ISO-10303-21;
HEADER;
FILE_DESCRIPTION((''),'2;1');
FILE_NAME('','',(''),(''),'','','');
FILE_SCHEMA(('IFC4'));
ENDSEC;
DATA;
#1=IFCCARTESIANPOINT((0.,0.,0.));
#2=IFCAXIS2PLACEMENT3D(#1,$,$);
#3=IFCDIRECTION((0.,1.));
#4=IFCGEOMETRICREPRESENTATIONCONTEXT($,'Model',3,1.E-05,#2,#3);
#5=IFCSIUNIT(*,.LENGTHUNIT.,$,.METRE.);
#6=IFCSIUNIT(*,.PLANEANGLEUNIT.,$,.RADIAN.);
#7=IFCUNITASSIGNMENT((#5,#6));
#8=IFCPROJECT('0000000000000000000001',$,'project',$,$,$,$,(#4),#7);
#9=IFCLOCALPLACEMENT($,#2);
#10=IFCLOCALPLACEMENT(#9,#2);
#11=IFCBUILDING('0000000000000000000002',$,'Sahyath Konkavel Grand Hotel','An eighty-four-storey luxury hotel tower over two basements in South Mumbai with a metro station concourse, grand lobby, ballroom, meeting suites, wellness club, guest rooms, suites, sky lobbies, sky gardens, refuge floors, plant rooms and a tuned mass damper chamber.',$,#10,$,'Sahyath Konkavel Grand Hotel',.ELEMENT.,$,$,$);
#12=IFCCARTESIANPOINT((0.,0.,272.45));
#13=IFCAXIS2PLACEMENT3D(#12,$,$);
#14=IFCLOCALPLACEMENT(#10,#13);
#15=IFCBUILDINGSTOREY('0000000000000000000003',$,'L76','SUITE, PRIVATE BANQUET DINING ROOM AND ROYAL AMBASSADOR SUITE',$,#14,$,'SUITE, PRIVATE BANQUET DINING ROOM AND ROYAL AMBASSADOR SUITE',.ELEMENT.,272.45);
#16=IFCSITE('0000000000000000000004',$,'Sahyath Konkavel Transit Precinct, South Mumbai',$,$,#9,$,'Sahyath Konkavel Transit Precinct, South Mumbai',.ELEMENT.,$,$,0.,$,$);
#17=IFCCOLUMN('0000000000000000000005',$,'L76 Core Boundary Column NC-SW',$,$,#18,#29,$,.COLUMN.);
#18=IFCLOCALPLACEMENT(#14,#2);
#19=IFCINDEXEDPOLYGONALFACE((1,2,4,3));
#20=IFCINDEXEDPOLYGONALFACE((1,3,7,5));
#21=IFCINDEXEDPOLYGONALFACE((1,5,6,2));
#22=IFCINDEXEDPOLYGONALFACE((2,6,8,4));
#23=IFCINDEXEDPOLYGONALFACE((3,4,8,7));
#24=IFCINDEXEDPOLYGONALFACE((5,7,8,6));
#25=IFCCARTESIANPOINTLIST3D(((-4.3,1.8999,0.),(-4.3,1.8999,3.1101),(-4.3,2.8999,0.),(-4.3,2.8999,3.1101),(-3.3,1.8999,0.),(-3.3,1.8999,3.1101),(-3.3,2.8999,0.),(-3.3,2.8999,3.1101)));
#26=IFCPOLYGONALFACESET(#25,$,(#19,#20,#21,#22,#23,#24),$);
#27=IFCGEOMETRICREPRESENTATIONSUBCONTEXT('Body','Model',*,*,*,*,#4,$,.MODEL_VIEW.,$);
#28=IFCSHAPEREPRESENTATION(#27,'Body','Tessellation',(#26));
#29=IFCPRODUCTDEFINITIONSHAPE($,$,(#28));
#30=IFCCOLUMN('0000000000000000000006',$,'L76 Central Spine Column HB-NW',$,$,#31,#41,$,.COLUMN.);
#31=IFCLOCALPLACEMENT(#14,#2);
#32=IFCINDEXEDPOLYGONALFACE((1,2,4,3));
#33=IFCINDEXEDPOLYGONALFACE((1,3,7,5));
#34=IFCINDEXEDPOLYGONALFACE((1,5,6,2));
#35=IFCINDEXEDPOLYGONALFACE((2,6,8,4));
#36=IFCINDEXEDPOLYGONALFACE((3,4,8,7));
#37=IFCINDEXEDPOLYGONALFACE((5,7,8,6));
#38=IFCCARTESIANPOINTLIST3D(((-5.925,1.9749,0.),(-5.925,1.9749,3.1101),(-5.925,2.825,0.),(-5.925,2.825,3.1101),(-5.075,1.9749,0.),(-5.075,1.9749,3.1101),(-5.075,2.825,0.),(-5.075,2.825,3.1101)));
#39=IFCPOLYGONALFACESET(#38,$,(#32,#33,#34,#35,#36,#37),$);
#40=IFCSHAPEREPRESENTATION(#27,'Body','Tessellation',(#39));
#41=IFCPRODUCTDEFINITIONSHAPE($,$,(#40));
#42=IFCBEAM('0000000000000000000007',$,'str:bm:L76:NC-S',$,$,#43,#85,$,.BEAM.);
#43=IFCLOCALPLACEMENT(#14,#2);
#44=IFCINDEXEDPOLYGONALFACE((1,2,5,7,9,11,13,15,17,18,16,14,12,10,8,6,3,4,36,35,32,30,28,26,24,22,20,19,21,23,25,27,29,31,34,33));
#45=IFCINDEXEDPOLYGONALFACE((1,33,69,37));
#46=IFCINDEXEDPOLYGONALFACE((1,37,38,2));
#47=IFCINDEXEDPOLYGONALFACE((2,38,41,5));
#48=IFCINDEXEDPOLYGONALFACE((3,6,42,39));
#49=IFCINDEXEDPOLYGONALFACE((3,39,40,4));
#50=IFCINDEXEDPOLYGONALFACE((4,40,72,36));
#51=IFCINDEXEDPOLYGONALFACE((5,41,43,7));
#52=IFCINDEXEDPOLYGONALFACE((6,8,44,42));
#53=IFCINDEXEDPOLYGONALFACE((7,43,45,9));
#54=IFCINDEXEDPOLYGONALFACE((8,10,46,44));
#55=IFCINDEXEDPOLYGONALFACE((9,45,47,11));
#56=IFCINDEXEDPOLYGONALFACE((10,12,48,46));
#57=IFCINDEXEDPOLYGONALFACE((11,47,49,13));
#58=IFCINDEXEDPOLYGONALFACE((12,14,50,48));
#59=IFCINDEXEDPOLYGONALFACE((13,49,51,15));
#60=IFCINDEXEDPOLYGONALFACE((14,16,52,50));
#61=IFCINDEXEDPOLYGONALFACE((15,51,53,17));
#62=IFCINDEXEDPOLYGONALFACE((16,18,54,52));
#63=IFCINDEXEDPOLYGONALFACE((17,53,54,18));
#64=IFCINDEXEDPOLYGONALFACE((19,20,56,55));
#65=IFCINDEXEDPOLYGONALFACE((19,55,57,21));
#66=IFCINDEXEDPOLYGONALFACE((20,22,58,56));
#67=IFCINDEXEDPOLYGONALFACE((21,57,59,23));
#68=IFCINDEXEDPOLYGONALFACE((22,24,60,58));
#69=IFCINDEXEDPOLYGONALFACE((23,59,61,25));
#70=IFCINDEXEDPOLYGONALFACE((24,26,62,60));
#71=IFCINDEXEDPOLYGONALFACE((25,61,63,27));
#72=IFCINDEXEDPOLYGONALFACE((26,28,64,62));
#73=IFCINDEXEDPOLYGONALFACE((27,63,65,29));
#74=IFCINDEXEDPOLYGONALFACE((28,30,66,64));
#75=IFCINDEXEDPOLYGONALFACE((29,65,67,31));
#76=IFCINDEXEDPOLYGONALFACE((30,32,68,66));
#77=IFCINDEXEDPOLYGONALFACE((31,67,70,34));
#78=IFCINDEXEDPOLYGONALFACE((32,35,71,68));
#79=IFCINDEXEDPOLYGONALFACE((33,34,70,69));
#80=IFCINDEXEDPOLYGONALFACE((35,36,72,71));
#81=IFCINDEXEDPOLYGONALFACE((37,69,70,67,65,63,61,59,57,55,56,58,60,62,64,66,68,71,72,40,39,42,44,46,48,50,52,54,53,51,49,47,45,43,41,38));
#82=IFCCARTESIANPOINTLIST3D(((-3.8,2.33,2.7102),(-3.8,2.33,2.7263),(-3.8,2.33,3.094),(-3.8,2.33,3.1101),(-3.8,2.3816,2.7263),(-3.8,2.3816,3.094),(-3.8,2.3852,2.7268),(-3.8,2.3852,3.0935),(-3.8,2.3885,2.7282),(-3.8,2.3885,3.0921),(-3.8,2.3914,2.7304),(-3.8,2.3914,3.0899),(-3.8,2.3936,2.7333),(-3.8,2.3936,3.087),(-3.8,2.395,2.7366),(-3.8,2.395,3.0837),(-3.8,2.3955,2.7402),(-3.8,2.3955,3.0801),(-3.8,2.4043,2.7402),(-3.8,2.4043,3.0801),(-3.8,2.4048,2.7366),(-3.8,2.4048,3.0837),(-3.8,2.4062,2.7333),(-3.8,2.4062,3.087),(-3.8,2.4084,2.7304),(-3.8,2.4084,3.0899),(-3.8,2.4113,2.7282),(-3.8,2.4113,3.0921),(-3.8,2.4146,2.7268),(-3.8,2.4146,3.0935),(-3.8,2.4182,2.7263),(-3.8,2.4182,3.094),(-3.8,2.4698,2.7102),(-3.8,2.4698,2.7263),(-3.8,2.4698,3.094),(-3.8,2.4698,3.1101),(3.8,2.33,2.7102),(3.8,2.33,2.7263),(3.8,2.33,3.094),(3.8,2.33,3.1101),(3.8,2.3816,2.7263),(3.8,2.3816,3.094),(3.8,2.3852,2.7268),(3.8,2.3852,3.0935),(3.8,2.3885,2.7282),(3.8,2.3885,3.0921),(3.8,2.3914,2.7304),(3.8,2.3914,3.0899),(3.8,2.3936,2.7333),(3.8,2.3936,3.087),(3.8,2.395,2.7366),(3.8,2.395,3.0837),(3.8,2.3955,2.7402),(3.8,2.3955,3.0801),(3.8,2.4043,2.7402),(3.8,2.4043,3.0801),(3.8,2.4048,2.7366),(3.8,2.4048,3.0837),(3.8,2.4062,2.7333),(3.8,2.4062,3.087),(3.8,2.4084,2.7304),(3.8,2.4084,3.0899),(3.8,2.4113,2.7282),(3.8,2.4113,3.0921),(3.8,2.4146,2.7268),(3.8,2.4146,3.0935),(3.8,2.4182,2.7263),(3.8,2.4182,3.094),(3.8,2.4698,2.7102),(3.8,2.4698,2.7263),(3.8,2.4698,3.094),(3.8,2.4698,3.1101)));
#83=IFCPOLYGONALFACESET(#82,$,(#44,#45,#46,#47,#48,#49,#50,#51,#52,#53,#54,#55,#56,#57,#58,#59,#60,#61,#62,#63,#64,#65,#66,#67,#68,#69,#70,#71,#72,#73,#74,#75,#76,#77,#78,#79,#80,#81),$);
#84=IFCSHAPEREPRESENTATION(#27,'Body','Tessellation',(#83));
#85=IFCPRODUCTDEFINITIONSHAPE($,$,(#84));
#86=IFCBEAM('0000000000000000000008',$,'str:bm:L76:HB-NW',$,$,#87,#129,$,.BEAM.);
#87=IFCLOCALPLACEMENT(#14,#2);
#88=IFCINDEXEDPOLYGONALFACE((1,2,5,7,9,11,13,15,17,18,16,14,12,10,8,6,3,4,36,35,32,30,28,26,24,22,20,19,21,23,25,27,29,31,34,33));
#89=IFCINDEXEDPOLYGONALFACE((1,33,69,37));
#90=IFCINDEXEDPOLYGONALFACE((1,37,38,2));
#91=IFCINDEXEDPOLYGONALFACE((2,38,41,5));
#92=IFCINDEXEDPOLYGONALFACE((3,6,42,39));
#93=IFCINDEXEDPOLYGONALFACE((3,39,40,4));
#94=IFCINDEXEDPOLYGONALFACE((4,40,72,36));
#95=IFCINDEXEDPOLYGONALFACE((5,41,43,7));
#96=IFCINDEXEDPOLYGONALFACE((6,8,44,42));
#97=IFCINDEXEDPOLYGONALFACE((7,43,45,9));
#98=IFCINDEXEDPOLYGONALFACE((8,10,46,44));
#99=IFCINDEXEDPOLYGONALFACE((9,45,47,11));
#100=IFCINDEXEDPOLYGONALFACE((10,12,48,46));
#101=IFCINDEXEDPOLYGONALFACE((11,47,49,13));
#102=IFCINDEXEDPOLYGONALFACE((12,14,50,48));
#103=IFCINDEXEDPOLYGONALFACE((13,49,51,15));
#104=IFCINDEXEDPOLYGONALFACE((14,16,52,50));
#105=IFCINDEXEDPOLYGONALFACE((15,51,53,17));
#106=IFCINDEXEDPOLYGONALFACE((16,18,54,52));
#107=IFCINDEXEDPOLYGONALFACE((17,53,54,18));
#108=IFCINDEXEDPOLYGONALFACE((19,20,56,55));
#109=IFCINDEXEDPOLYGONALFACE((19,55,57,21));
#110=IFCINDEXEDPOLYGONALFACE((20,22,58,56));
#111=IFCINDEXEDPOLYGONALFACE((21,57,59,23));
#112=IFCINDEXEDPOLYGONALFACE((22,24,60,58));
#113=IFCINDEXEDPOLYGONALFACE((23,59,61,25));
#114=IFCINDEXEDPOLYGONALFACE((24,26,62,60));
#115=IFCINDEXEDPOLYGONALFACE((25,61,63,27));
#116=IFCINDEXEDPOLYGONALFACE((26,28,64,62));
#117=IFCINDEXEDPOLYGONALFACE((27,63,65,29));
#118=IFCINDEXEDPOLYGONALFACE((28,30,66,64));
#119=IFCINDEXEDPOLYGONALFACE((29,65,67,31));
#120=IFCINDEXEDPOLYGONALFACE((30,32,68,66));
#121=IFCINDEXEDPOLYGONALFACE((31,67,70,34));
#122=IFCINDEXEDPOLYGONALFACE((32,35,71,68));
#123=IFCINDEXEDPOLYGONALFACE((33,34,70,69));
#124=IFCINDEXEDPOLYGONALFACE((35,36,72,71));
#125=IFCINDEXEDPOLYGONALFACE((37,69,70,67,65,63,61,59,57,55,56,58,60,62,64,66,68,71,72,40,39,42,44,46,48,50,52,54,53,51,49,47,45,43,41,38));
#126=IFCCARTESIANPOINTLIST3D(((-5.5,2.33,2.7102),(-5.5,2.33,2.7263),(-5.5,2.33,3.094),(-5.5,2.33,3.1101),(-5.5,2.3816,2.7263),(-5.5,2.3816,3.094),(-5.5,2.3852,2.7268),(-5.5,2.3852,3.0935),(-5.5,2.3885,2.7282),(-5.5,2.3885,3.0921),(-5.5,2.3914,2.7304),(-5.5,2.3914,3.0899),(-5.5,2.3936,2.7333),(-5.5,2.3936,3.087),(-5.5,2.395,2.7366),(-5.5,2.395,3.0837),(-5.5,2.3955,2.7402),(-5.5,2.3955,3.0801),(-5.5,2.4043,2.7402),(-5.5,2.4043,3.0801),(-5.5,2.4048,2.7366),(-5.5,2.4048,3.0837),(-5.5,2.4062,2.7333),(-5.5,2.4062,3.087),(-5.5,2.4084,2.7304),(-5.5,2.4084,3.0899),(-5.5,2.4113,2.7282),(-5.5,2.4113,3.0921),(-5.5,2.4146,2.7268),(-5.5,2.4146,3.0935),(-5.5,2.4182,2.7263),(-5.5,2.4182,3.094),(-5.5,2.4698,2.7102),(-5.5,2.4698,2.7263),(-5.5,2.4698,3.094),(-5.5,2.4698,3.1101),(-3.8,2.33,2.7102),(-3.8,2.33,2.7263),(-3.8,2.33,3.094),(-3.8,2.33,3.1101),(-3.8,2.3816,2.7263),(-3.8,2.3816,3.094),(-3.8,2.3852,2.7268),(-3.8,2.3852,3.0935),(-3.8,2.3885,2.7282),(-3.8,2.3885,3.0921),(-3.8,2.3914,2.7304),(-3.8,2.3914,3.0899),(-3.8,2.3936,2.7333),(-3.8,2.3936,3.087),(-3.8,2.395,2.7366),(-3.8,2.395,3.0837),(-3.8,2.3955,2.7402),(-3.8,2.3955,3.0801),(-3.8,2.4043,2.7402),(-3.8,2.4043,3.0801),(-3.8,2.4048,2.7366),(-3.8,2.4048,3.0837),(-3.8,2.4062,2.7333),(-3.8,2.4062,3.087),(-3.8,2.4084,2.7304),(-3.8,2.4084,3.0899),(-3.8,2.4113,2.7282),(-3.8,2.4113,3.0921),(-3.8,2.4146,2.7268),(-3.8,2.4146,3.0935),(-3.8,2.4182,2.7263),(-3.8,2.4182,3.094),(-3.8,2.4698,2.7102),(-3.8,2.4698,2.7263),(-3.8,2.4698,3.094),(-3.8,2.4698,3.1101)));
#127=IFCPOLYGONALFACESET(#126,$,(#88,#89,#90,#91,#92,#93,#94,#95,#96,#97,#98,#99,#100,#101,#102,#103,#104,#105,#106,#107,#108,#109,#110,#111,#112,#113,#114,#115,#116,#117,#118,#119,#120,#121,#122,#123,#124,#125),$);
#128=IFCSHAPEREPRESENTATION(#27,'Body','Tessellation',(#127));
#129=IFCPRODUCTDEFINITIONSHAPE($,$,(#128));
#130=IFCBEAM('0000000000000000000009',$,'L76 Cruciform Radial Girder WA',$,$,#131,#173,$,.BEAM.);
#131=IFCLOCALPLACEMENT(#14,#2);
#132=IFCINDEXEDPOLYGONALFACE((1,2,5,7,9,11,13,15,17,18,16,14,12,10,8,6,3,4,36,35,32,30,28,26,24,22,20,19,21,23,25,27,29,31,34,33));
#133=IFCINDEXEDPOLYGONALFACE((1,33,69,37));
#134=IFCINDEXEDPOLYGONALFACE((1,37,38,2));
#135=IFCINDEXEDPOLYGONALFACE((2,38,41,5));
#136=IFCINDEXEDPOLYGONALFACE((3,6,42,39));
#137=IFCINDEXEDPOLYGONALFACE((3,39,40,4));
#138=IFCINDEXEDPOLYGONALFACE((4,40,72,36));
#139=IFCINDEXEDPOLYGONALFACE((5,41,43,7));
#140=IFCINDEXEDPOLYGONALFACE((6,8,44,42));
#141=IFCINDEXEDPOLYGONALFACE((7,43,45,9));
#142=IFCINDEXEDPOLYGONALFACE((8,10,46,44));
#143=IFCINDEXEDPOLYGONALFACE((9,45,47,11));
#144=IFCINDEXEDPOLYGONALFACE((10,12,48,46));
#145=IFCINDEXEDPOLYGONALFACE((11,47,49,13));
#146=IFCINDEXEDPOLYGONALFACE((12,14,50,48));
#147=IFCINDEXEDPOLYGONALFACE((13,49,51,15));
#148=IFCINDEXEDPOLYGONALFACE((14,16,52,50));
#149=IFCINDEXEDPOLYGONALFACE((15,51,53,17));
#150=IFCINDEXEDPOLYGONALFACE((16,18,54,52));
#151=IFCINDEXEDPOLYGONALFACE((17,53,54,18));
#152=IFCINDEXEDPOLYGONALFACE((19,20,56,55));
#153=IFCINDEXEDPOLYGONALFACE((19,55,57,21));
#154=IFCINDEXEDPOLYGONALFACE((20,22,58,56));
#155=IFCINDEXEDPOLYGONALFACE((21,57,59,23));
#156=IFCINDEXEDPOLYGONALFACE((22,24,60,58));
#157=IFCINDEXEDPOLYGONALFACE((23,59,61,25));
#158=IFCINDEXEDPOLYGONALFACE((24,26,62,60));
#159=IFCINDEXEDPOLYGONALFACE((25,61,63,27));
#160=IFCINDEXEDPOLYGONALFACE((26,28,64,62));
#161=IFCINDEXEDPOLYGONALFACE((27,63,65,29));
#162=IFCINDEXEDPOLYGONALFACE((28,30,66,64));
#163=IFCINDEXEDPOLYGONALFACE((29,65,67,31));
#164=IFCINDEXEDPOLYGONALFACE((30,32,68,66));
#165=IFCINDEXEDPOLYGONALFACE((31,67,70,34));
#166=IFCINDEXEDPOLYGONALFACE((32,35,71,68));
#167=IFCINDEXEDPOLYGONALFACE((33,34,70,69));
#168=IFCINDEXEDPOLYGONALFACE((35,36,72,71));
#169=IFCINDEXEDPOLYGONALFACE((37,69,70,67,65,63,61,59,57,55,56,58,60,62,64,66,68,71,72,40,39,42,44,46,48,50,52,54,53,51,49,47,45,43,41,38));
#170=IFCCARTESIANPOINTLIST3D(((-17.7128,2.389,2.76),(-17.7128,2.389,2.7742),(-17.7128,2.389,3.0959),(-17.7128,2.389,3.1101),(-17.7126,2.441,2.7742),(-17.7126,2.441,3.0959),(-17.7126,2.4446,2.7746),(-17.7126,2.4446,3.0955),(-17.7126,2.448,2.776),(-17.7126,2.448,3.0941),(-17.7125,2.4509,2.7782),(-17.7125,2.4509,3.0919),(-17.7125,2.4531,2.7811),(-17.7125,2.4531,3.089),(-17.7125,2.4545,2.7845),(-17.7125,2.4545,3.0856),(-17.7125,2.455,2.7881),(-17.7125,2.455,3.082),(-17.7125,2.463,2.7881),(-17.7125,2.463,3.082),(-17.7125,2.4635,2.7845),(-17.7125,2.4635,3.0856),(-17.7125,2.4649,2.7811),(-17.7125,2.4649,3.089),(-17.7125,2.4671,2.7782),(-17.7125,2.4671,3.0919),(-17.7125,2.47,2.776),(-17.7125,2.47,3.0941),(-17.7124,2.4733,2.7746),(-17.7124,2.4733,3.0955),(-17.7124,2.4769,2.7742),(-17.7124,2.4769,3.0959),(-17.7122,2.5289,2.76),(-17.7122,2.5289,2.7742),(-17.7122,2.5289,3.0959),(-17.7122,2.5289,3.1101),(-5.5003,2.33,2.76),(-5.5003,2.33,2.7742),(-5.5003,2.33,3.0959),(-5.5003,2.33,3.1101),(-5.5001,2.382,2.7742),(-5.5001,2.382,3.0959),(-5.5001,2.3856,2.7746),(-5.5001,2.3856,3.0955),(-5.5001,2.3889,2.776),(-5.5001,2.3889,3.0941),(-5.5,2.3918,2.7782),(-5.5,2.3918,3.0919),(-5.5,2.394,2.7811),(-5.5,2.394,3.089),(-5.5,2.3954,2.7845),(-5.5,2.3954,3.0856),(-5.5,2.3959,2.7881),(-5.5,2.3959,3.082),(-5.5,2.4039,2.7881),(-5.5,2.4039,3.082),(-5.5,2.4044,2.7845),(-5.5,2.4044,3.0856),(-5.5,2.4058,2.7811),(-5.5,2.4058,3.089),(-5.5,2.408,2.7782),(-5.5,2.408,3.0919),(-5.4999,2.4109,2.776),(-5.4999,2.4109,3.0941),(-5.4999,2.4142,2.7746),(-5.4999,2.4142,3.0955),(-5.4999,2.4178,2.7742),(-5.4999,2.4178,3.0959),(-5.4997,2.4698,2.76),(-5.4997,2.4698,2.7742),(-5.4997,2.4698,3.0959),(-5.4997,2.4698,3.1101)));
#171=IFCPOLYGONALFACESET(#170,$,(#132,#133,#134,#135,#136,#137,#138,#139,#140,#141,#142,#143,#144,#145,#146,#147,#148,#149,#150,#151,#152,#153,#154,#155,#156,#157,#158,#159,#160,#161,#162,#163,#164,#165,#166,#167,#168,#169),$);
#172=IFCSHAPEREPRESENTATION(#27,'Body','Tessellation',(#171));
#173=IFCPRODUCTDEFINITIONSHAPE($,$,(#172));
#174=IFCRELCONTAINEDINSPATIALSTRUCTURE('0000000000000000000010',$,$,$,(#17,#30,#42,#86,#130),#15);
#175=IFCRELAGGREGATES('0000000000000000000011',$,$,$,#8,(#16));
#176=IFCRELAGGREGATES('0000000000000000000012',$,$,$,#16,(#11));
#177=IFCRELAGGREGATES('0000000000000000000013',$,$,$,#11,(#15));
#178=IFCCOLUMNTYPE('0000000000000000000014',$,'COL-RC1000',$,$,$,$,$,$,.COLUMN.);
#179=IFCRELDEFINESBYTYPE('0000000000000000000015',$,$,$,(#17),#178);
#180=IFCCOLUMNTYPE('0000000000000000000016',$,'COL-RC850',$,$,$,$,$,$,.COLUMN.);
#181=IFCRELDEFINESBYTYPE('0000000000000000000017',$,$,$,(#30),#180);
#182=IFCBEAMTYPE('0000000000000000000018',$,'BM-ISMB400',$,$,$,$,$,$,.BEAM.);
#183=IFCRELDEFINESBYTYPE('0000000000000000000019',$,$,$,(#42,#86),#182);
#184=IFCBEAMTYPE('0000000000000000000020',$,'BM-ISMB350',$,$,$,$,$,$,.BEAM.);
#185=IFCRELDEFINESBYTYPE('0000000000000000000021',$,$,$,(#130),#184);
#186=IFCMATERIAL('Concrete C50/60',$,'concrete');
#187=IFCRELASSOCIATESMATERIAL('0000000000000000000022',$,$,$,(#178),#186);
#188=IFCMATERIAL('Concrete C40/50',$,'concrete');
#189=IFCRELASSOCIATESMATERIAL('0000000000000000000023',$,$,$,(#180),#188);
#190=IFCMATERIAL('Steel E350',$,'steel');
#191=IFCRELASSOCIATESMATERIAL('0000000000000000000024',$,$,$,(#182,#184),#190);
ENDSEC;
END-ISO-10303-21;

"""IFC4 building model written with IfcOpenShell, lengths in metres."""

from ifc_helpers import new_model, si_unit, direction, frame, origin, origin_2d, place, context, subcontext, project, spatial, rectangle, i_section, extrude, source, transform, mapped, material, material_profile, profile_set, type_object, element, save


model = new_model("IFC4")

# Units and contexts
model_context = context("Model", 3, precision=1e-05, world=origin(), true_north=direction((0.0, 1.0)))
body_context = subcontext(model_context, "Body", "Model", "MODEL_VIEW")
ifc_project = project(units=[si_unit("LENGTHUNIT", "METRE"), si_unit("PLANEANGLEUNIT", "RADIAN")], contexts=[model_context])

# Site, building, storey
site_placement = place(None, origin())
site = spatial("IfcSite", under=ifc_project, at=site_placement, Name="Sahyath Konkavel Transit Precinct, South Mumbai", LongName="Sahyath Konkavel Transit Precinct, South Mumbai", CompositionType="ELEMENT", RefElevation=0.0)
building_placement = place(site_placement, origin())
building = spatial("IfcBuilding", under=site, at=building_placement, Name="Sahyath Konkavel Grand Hotel", Description="An eighty-four-storey luxury hotel tower over two basements in South Mumbai with a metro station concourse, grand lobby, ballroom, meeting suites, wellness club, guest rooms, suites, sky lobbies, sky gardens, refuge floors, plant rooms and a tuned mass damper chamber.", LongName="Sahyath Konkavel Grand Hotel", CompositionType="ELEMENT")
storey_placement = place(building_placement, frame((0.0, 0.0, 272.45)))
storey = spatial("IfcBuildingStorey", under=building, at=storey_placement, Name="L76", Description="SUITE, PRIVATE BANQUET DINING ROOM AND ROYAL AMBASSADOR SUITE", LongName="SUITE, PRIVATE BANQUET DINING ROOM AND ROYAL AMBASSADOR SUITE", CompositionType="ELEMENT", Elevation=272.45)

# Columns
ifc_material_1 = material(Name="Concrete C50/60", Category="concrete")
ifc_material_profile_1 = material_profile(ifc_material_1, rectangle(XDim=1.0, YDim=1.0, at=origin_2d()), Name="RC 1000x1000")
ifc_profile_set_1 = profile_set([ifc_material_profile_1], Name="Concrete C50/60")
column_type_1 = type_object("IfcColumnType", Name="COL-RC1000", PredefinedType="COLUMN", material=ifc_profile_set_1)
shared_shape_1 = source(origin(), body_context, "Body", "SweptSolid", [
    extrude(rectangle(XDim=1.0, YDim=1.0, at=origin_2d()), origin(), (0.0, 0.0, 1.0), 3.1101),
])
column_1_placement = place(storey_placement, frame((-3.8, 2.3999, 0.0), z_axis=(0.0, 0.0, 1.0), x_axis=(1.0, 0.0, 0.0)))
element("IfcColumn", 1, at=column_1_placement, inside=storey, type_object=column_type_1, Name="L76 Core Boundary Column NC-SW", PredefinedType="COLUMN", context=body_context, shape_type="MappedRepresentation", body=[
    mapped(shared_shape_1, transform((0.0, 0.0, 0.0), scale=1.0)),
])
ifc_material_2 = material(Name="Concrete C40/50", Category="concrete")
ifc_material_profile_2 = material_profile(ifc_material_2, rectangle(XDim=0.8501, YDim=0.8501, at=origin_2d()), Name="RC 850x850")
ifc_profile_set_2 = profile_set([ifc_material_profile_2], Name="Concrete C40/50")
column_type_2 = type_object("IfcColumnType", Name="COL-RC850", PredefinedType="COLUMN", material=ifc_profile_set_2)
shared_shape_2 = source(origin(), body_context, "Body", "SweptSolid", [
    extrude(rectangle(XDim=0.8501, YDim=0.8501, at=origin_2d()), origin(), (0.0, 0.0, 1.0), 3.1101),
])
column_2_placement = place(storey_placement, frame((-5.5, 2.3999, 0.0), z_axis=(0.0, 0.0, 1.0), x_axis=(1.0, 0.0, 0.0)))
element("IfcColumn", 2, at=column_2_placement, inside=storey, type_object=column_type_2, Name="L76 Central Spine Column HB-NW", PredefinedType="COLUMN", context=body_context, shape_type="MappedRepresentation", body=[
    mapped(shared_shape_2, transform((0.0, 0.0, 0.0), scale=1.0)),
])

# Beams
ifc_material_3 = material(Name="Steel E350", Category="steel")
ifc_material_profile_3 = material_profile(ifc_material_3, i_section(OverallWidth=0.1399, OverallDepth=0.3999, WebThickness=0.0088, FlangeThickness=0.0161, FilletRadius=0.0139, at=origin_2d()), Name="ISMB 400")
ifc_profile_set_3 = profile_set([ifc_material_profile_3], Name="Steel E350")
beam_type_1 = type_object("IfcBeamType", Name="BM-ISMB400", PredefinedType="BEAM", material=ifc_profile_set_3)
shared_shape_3 = source(origin(), body_context, "Body", "SweptSolid", [
    extrude(i_section(OverallWidth=0.1399, OverallDepth=0.3999, WebThickness=0.0088, FlangeThickness=0.0161, FilletRadius=0.0139, at=origin_2d()), origin(), (0.0, 0.0, 1.0), 7.6001),
])
beam_1_placement = place(storey_placement, frame((-3.8, 2.3999, 2.9102), z_axis=(1.0, 0.0, 0.0), x_axis=(0.0, 1.0, 0.0)))
element("IfcBeam", 3, at=beam_1_placement, inside=storey, type_object=beam_type_1, Name="str:bm:L76:NC-S", PredefinedType="BEAM", context=body_context, shape_type="MappedRepresentation", body=[
    mapped(shared_shape_3, transform((0.0, 0.0, 0.0), scale=1.0)),
])
shared_shape_4 = source(origin(), body_context, "Body", "SweptSolid", [
    extrude(i_section(OverallWidth=0.1399, OverallDepth=0.3999, WebThickness=0.0088, FlangeThickness=0.0161, FilletRadius=0.0139, at=origin_2d()), origin(), (0.0, 0.0, 1.0), 1.7),
])
beam_2_placement = place(storey_placement, frame((-5.5, 2.3999, 2.9102), z_axis=(1.0, 0.0, 0.0), x_axis=(0.0, 1.0, 0.0)))
element("IfcBeam", 4, at=beam_2_placement, inside=storey, type_object=beam_type_1, Name="str:bm:L76:HB-NW", PredefinedType="BEAM", context=body_context, shape_type="MappedRepresentation", body=[
    mapped(shared_shape_4, transform((0.0, 0.0, 0.0), scale=1.0)),
])
ifc_material_profile_4 = material_profile(ifc_material_3, i_section(OverallWidth=0.1399, OverallDepth=0.3501, WebThickness=0.0081, FlangeThickness=0.0142, FilletRadius=0.0139, at=origin_2d()), Name="ISMB 350")
ifc_profile_set_4 = profile_set([ifc_material_profile_4], Name="Steel E350")
beam_type_2 = type_object("IfcBeamType", Name="BM-ISMB350", PredefinedType="BEAM", material=ifc_profile_set_4)
shared_shape_5 = source(origin(), body_context, "Body", "SweptSolid", [
    extrude(i_section(OverallWidth=0.1399, OverallDepth=0.3501, WebThickness=0.0081, FlangeThickness=0.0142, FilletRadius=0.0139, at=origin_2d()), origin(), (0.0, 0.0, 1.0), 12.2126),
])
beam_3_placement = place(storey_placement, frame((-5.5, 2.3999, 2.9351), z_axis=(-0.999988, 0.004838, 0.0), x_axis=(-0.004838, -0.999988, 0.0)))
element("IfcBeam", 5, at=beam_3_placement, inside=storey, type_object=beam_type_2, Name="L76 Cruciform Radial Girder WA", PredefinedType="BEAM", context=body_context, shape_type="MappedRepresentation", body=[
    mapped(shared_shape_5, transform((0.0, 0.0, 0.0), scale=1.0)),
])

save(model, "model.ifc")
